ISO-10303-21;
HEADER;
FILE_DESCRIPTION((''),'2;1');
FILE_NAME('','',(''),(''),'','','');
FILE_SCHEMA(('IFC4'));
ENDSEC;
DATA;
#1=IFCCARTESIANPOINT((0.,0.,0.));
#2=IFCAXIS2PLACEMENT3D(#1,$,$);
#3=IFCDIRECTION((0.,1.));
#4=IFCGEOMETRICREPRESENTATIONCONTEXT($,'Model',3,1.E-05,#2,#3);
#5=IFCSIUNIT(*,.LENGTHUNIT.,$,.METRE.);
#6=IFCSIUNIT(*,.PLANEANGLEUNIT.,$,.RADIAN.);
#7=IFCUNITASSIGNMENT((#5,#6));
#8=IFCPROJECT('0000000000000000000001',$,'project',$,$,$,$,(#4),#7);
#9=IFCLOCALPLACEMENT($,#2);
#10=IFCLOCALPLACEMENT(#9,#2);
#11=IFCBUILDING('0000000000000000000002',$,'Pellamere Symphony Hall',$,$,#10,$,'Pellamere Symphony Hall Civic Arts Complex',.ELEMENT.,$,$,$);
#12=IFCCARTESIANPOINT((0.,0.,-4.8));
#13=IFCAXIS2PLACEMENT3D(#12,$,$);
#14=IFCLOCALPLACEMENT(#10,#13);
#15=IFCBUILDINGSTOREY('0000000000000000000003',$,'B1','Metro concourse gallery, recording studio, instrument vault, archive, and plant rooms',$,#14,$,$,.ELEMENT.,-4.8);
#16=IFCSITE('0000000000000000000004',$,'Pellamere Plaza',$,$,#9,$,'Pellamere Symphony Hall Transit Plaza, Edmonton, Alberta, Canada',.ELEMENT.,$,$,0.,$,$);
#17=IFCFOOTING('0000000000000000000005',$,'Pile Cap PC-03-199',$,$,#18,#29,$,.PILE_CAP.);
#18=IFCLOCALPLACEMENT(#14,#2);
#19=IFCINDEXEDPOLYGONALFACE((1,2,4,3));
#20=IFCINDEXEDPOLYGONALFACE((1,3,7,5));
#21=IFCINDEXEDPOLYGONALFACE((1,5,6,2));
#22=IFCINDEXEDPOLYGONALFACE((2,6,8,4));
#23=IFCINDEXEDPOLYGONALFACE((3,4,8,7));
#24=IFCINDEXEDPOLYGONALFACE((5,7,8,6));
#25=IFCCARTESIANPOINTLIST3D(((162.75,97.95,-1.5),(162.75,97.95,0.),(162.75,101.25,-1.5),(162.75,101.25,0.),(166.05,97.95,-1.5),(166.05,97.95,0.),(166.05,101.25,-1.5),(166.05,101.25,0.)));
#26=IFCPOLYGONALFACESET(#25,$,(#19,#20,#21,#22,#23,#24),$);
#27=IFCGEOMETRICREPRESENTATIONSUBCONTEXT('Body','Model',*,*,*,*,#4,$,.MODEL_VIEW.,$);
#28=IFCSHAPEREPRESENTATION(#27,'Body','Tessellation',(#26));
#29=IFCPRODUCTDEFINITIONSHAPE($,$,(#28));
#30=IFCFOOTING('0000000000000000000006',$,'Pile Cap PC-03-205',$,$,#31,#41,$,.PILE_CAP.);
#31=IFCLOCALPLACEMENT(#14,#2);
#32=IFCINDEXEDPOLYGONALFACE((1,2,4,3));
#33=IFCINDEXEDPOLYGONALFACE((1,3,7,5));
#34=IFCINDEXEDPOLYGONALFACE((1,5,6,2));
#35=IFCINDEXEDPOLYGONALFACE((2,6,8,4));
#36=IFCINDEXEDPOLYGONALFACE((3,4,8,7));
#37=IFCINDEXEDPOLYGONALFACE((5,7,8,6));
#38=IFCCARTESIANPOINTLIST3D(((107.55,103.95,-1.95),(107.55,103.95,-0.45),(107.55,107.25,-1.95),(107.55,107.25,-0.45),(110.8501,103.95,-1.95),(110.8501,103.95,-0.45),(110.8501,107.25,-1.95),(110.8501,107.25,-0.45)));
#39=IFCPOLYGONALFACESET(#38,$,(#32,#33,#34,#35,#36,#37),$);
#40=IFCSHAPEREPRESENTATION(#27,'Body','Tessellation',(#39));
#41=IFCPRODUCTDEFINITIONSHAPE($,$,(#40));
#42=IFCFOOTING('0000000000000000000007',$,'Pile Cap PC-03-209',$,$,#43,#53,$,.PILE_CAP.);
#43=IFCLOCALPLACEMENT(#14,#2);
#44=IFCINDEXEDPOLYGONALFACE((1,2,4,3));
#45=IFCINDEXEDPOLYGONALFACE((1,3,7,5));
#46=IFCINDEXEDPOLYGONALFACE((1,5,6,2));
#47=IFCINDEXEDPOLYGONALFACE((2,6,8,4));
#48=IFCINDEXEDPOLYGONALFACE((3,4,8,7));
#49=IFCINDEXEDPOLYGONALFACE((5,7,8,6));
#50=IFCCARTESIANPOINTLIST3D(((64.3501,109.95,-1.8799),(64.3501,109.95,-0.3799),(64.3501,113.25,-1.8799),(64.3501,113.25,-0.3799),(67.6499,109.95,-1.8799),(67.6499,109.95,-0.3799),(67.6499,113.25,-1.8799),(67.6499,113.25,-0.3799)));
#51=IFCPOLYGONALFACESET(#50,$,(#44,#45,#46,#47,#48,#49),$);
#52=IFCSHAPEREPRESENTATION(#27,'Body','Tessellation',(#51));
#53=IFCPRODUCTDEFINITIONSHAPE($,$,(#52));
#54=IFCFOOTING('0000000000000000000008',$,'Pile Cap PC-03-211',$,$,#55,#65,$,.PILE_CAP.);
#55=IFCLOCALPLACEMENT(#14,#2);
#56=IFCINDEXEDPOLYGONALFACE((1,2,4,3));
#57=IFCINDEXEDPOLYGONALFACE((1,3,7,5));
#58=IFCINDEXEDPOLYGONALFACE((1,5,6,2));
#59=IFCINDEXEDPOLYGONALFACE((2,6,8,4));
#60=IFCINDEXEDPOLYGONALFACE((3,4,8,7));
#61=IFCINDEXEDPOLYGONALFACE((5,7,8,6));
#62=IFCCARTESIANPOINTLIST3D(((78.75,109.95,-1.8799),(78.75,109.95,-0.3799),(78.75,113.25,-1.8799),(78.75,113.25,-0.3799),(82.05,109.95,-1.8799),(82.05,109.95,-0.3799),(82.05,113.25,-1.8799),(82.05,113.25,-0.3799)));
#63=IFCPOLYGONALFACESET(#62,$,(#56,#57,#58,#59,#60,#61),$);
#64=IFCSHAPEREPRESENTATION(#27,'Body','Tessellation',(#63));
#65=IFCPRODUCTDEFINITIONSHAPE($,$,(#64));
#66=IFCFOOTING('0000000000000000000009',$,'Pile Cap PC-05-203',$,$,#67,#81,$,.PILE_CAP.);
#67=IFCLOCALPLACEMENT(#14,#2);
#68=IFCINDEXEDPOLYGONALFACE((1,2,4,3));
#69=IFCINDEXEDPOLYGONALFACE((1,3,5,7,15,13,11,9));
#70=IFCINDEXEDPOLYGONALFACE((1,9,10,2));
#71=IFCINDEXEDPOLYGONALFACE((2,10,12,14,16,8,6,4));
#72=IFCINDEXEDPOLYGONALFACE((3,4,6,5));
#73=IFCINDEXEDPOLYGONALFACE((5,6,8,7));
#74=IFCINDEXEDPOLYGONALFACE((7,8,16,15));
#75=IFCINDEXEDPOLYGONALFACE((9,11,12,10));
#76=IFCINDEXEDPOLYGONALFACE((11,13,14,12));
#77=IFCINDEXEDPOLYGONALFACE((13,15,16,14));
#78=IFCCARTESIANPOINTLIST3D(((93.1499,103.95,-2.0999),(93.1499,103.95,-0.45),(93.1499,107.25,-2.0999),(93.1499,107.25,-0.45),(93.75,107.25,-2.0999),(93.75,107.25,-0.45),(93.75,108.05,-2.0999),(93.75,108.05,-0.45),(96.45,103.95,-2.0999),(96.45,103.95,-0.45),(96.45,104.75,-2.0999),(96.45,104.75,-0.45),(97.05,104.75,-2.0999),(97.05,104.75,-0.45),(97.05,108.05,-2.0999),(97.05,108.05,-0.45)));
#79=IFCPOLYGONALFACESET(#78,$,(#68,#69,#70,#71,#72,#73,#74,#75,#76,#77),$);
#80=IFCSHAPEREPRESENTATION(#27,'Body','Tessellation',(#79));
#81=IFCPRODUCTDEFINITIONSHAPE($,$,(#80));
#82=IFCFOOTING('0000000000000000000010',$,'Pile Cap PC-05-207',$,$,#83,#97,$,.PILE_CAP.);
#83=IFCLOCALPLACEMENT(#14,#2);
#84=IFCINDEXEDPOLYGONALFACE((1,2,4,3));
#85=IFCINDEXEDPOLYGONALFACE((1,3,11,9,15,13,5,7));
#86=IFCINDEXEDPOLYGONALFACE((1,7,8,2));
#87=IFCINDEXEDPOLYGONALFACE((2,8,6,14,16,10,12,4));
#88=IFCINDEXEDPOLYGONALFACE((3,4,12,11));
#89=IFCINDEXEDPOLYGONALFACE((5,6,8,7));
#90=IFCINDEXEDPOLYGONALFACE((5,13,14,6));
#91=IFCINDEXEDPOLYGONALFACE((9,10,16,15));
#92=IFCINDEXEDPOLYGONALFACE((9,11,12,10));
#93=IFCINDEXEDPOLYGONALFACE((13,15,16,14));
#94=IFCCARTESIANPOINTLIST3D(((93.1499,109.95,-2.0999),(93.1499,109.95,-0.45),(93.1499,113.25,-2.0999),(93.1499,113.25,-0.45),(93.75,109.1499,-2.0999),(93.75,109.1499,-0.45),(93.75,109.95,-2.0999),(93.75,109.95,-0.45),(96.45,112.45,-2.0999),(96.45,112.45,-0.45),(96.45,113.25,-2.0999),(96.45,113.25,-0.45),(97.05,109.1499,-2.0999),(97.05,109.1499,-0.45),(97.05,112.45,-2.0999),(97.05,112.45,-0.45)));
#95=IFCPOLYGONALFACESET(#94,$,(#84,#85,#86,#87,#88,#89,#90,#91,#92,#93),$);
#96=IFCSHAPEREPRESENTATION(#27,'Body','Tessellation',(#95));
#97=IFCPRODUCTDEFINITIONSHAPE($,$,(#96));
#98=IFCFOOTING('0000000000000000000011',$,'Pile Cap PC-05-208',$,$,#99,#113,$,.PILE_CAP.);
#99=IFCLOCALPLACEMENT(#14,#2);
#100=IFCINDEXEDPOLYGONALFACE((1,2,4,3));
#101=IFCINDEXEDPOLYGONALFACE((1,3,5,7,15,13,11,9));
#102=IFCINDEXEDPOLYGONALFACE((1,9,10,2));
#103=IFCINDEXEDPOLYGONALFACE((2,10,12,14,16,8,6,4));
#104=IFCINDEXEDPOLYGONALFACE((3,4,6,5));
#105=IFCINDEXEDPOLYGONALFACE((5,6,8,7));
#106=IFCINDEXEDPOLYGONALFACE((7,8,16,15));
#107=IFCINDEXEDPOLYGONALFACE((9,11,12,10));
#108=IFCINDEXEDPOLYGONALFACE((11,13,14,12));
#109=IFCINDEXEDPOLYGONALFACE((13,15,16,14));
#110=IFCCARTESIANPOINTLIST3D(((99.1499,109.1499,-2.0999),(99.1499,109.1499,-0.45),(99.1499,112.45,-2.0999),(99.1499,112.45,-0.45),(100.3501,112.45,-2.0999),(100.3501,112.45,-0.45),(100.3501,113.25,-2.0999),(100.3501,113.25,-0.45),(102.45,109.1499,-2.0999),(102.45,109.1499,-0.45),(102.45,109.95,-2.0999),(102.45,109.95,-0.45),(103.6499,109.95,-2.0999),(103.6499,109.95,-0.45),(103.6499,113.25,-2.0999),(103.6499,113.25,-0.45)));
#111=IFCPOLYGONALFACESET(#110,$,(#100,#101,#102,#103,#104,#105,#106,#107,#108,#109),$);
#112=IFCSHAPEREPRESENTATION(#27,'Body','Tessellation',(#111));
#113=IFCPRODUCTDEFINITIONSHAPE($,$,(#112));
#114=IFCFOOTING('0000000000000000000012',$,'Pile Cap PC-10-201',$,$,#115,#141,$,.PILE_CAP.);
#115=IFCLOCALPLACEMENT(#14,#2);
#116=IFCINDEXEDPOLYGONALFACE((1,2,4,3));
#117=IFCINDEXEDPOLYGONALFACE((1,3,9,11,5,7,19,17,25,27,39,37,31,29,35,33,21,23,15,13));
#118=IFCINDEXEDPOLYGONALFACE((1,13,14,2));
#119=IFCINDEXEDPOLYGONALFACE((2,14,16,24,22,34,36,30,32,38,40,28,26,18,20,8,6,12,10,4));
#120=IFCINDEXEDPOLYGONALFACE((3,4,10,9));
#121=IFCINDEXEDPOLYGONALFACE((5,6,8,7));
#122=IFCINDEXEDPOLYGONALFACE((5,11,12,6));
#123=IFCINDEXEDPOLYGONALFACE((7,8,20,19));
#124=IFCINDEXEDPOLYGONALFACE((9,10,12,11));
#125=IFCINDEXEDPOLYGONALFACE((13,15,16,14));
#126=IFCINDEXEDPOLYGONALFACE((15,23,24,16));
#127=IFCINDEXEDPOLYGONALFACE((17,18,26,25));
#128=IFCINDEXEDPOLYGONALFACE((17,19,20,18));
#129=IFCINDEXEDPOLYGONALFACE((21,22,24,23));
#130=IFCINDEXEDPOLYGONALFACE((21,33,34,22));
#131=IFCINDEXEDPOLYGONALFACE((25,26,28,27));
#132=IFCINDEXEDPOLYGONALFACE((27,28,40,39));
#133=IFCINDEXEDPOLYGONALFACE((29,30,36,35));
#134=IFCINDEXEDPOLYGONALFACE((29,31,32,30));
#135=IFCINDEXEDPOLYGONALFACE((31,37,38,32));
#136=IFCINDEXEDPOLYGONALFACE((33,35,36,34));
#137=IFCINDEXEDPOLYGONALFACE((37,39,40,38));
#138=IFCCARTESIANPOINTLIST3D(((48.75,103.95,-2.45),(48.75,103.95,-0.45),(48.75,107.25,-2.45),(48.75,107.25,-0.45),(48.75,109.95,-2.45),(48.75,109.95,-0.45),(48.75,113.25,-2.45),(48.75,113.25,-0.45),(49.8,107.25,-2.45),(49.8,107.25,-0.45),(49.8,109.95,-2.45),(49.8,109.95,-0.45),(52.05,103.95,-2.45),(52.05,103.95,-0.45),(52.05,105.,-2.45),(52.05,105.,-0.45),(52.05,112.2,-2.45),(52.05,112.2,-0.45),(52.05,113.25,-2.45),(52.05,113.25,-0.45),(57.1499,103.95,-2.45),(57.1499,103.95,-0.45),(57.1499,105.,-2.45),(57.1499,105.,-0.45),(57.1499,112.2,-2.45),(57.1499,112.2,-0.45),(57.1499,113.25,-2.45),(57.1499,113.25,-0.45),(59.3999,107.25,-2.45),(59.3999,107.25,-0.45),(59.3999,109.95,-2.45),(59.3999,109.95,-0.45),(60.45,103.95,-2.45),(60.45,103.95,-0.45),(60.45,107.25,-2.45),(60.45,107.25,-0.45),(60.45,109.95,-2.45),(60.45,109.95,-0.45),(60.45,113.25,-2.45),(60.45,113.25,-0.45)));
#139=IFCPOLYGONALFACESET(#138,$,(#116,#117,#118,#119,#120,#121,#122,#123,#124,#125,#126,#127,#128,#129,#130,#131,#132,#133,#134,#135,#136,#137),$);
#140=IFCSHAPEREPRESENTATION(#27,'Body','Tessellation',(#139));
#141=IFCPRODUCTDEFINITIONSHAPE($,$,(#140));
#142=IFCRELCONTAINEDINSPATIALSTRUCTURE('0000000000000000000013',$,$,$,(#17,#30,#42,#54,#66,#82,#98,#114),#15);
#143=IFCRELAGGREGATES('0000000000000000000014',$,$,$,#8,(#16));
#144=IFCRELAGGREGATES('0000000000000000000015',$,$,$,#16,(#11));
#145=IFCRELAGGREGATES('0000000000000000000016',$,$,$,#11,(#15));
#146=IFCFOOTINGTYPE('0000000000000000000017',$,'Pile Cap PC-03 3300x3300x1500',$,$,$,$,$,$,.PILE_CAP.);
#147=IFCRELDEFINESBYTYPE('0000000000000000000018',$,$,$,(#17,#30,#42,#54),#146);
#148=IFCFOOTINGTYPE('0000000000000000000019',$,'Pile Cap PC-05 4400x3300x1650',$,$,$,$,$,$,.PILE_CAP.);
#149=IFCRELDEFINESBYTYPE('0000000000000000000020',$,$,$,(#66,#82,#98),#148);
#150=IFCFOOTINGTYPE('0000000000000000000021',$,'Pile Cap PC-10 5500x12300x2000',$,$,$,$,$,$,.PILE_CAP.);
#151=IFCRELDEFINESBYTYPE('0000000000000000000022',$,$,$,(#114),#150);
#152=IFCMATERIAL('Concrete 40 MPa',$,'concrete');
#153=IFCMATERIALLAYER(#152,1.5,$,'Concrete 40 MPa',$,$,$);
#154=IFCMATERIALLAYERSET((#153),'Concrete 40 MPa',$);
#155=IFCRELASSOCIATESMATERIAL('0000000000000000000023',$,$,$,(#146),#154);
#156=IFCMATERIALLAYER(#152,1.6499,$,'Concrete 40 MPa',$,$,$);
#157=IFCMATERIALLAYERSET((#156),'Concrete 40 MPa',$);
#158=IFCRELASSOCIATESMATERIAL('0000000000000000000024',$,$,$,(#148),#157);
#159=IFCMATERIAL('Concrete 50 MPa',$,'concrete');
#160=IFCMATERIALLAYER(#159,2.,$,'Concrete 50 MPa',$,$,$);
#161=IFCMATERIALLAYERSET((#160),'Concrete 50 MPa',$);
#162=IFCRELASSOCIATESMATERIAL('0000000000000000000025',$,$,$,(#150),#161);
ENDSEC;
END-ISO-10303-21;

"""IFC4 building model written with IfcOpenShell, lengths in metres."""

from ifc_helpers import new_model, si_unit, direction, frame, origin, place, context, subcontext, project, spatial, polyline, outline, extrude, material, layer, layer_set, type_object, element, save


model = new_model("IFC4")

# Units and contexts
model_context = context("Model", 3, precision=1e-05, world=origin(), true_north=direction((0.0, 1.0)))
body_context = subcontext(model_context, "Body", "Model", "MODEL_VIEW")
ifc_project = project(units=[si_unit("LENGTHUNIT", "METRE"), si_unit("PLANEANGLEUNIT", "RADIAN")], contexts=[model_context])

# Site, building, storey
site_placement = place(None, origin())
site = spatial("IfcSite", under=ifc_project, at=site_placement, Name="Pellamere Plaza", LongName="Pellamere Symphony Hall Transit Plaza, Edmonton, Alberta, Canada", CompositionType="ELEMENT", RefElevation=0.0)
building_placement = place(site_placement, origin())
building = spatial("IfcBuilding", under=site, at=building_placement, Name="Pellamere Symphony Hall", LongName="Pellamere Symphony Hall Civic Arts Complex", CompositionType="ELEMENT")
storey_placement = place(building_placement, frame((0.0, 0.0, -4.8)))
storey = spatial("IfcBuildingStorey", under=building, at=storey_placement, Name="B1", Description="Metro concourse gallery, recording studio, instrument vault, archive, and plant rooms", CompositionType="ELEMENT", Elevation=-4.8)

# Footings
ifc_material_1 = material(Name="Concrete 40 MPa", Category="concrete")
ifc_layer_1 = layer(ifc_material_1, 1.5, Name="Concrete 40 MPa")
ifc_layer_set_1 = layer_set([ifc_layer_1], Name="Concrete 40 MPa")
footing_type_1 = type_object("IfcFootingType", Name="Pile Cap PC-03 3300x3300x1500", PredefinedType="PILE_CAP", material=ifc_layer_set_1)
footing_1_placement = place(storey_placement, frame((0.0, 0.0, -1.5)))
element("IfcFooting", 1, at=footing_1_placement, inside=storey, type_object=footing_type_1, Name="Pile Cap PC-03-199", PredefinedType="PILE_CAP", context=body_context, shape_type="SweptSolid", body=[
    extrude(outline(polyline([(162.75, 97.95), (162.75, 101.25), (166.05, 101.25), (166.05, 97.95), (162.75, 97.95)])), origin(), (0.0, 0.0, 1.0), 1.5),
])
footing_2_placement = place(storey_placement, frame((0.0, 0.0, -1.95)))
element("IfcFooting", 2, at=footing_2_placement, inside=storey, type_object=footing_type_1, Name="Pile Cap PC-03-205", PredefinedType="PILE_CAP", context=body_context, shape_type="SweptSolid", body=[
    extrude(outline(polyline([(107.55, 103.95), (107.55, 107.25), (110.8501, 107.25), (110.8501, 103.95), (107.55, 103.95)])), origin(), (0.0, 0.0, 1.0), 1.5),
])
footing_3_placement = place(storey_placement, frame((0.0, 0.0, -1.8799)))
element("IfcFooting", 3, at=footing_3_placement, inside=storey, type_object=footing_type_1, Name="Pile Cap PC-03-209", PredefinedType="PILE_CAP", context=body_context, shape_type="SweptSolid", body=[
    extrude(outline(polyline([(67.6499, 109.95), (64.3501, 109.95), (64.3501, 113.25), (67.6499, 113.25), (67.6499, 109.95)])), origin(), (0.0, 0.0, 1.0), 1.5),
])
footing_4_placement = place(storey_placement, frame((0.0, 0.0, -1.8799)))
element("IfcFooting", 4, at=footing_4_placement, inside=storey, type_object=footing_type_1, Name="Pile Cap PC-03-211", PredefinedType="PILE_CAP", context=body_context, shape_type="SweptSolid", body=[
    extrude(outline(polyline([(82.05, 109.95), (78.75, 109.95), (78.75, 113.25), (82.05, 113.25), (82.05, 109.95)])), origin(), (0.0, 0.0, 1.0), 1.5),
])
ifc_layer_2 = layer(ifc_material_1, 1.6499, Name="Concrete 40 MPa")
ifc_layer_set_2 = layer_set([ifc_layer_2], Name="Concrete 40 MPa")
footing_type_2 = type_object("IfcFootingType", Name="Pile Cap PC-05 4400x3300x1650", PredefinedType="PILE_CAP", material=ifc_layer_set_2)
footing_5_placement = place(storey_placement, frame((0.0, 0.0, -2.0999)))
element("IfcFooting", 5, at=footing_5_placement, inside=storey, type_object=footing_type_2, Name="Pile Cap PC-05-203", PredefinedType="PILE_CAP", context=body_context, shape_type="SweptSolid", body=[
    extrude(outline(polyline([(96.45, 103.95), (93.1499, 103.95), (93.1499, 107.25), (93.75, 107.25), (93.75, 108.05), (97.05, 108.05), (97.05, 104.75), (96.45, 104.75), (96.45, 103.95)])), origin(), (0.0, 0.0, 1.0), 1.6499),
])
footing_6_placement = place(storey_placement, frame((0.0, 0.0, -2.0999)))
element("IfcFooting", 6, at=footing_6_placement, inside=storey, type_object=footing_type_2, Name="Pile Cap PC-05-207", PredefinedType="PILE_CAP", context=body_context, shape_type="SweptSolid", body=[
    extrude(outline(polyline([(93.1499, 113.25), (96.45, 113.25), (96.45, 112.45), (97.05, 112.45), (97.05, 109.1499), (93.75, 109.1499), (93.75, 109.95), (93.1499, 109.95), (93.1499, 113.25)])), origin(), (0.0, 0.0, 1.0), 1.6499),
])
footing_7_placement = place(storey_placement, frame((0.0, 0.0, -2.0999)))
element("IfcFooting", 7, at=footing_7_placement, inside=storey, type_object=footing_type_2, Name="Pile Cap PC-05-208", PredefinedType="PILE_CAP", context=body_context, shape_type="SweptSolid", body=[
    extrude(outline(polyline([(99.1499, 109.1499), (99.1499, 112.45), (100.3501, 112.45), (100.3501, 113.25), (103.6499, 113.25), (103.6499, 109.95), (102.45, 109.95), (102.45, 109.1499), (99.1499, 109.1499)])), origin(), (0.0, 0.0, 1.0), 1.6499),
])
ifc_material_2 = material(Name="Concrete 50 MPa", Category="concrete")
ifc_layer_3 = layer(ifc_material_2, 2.0, Name="Concrete 50 MPa")
ifc_layer_set_3 = layer_set([ifc_layer_3], Name="Concrete 50 MPa")
footing_type_3 = type_object("IfcFootingType", Name="Pile Cap PC-10 5500x12300x2000", PredefinedType="PILE_CAP", material=ifc_layer_set_3)
footing_8_placement = place(storey_placement, frame((0.0, 0.0, -2.45)))
element("IfcFooting", 8, at=footing_8_placement, inside=storey, type_object=footing_type_3, Name="Pile Cap PC-10-201", PredefinedType="PILE_CAP", context=body_context, shape_type="SweptSolid", body=[
    extrude(outline(polyline([(48.75, 103.95), (48.75, 107.25), (49.8, 107.25), (49.8, 109.95), (48.75, 109.95), (48.75, 113.25), (52.05, 113.25), (52.05, 112.2), (57.1499, 112.2), (57.1499, 113.25), (60.45, 113.25), (60.45, 109.95), (59.3999, 109.95), (59.3999, 107.25), (60.45, 107.25), (60.45, 103.95), (57.1499, 103.95), (57.1499, 105.0), (52.05, 105.0), (52.05, 103.95), (48.75, 103.95)])), origin(), (0.0, 0.0, 1.0), 2.0),
])

save(model, "model.ifc")
